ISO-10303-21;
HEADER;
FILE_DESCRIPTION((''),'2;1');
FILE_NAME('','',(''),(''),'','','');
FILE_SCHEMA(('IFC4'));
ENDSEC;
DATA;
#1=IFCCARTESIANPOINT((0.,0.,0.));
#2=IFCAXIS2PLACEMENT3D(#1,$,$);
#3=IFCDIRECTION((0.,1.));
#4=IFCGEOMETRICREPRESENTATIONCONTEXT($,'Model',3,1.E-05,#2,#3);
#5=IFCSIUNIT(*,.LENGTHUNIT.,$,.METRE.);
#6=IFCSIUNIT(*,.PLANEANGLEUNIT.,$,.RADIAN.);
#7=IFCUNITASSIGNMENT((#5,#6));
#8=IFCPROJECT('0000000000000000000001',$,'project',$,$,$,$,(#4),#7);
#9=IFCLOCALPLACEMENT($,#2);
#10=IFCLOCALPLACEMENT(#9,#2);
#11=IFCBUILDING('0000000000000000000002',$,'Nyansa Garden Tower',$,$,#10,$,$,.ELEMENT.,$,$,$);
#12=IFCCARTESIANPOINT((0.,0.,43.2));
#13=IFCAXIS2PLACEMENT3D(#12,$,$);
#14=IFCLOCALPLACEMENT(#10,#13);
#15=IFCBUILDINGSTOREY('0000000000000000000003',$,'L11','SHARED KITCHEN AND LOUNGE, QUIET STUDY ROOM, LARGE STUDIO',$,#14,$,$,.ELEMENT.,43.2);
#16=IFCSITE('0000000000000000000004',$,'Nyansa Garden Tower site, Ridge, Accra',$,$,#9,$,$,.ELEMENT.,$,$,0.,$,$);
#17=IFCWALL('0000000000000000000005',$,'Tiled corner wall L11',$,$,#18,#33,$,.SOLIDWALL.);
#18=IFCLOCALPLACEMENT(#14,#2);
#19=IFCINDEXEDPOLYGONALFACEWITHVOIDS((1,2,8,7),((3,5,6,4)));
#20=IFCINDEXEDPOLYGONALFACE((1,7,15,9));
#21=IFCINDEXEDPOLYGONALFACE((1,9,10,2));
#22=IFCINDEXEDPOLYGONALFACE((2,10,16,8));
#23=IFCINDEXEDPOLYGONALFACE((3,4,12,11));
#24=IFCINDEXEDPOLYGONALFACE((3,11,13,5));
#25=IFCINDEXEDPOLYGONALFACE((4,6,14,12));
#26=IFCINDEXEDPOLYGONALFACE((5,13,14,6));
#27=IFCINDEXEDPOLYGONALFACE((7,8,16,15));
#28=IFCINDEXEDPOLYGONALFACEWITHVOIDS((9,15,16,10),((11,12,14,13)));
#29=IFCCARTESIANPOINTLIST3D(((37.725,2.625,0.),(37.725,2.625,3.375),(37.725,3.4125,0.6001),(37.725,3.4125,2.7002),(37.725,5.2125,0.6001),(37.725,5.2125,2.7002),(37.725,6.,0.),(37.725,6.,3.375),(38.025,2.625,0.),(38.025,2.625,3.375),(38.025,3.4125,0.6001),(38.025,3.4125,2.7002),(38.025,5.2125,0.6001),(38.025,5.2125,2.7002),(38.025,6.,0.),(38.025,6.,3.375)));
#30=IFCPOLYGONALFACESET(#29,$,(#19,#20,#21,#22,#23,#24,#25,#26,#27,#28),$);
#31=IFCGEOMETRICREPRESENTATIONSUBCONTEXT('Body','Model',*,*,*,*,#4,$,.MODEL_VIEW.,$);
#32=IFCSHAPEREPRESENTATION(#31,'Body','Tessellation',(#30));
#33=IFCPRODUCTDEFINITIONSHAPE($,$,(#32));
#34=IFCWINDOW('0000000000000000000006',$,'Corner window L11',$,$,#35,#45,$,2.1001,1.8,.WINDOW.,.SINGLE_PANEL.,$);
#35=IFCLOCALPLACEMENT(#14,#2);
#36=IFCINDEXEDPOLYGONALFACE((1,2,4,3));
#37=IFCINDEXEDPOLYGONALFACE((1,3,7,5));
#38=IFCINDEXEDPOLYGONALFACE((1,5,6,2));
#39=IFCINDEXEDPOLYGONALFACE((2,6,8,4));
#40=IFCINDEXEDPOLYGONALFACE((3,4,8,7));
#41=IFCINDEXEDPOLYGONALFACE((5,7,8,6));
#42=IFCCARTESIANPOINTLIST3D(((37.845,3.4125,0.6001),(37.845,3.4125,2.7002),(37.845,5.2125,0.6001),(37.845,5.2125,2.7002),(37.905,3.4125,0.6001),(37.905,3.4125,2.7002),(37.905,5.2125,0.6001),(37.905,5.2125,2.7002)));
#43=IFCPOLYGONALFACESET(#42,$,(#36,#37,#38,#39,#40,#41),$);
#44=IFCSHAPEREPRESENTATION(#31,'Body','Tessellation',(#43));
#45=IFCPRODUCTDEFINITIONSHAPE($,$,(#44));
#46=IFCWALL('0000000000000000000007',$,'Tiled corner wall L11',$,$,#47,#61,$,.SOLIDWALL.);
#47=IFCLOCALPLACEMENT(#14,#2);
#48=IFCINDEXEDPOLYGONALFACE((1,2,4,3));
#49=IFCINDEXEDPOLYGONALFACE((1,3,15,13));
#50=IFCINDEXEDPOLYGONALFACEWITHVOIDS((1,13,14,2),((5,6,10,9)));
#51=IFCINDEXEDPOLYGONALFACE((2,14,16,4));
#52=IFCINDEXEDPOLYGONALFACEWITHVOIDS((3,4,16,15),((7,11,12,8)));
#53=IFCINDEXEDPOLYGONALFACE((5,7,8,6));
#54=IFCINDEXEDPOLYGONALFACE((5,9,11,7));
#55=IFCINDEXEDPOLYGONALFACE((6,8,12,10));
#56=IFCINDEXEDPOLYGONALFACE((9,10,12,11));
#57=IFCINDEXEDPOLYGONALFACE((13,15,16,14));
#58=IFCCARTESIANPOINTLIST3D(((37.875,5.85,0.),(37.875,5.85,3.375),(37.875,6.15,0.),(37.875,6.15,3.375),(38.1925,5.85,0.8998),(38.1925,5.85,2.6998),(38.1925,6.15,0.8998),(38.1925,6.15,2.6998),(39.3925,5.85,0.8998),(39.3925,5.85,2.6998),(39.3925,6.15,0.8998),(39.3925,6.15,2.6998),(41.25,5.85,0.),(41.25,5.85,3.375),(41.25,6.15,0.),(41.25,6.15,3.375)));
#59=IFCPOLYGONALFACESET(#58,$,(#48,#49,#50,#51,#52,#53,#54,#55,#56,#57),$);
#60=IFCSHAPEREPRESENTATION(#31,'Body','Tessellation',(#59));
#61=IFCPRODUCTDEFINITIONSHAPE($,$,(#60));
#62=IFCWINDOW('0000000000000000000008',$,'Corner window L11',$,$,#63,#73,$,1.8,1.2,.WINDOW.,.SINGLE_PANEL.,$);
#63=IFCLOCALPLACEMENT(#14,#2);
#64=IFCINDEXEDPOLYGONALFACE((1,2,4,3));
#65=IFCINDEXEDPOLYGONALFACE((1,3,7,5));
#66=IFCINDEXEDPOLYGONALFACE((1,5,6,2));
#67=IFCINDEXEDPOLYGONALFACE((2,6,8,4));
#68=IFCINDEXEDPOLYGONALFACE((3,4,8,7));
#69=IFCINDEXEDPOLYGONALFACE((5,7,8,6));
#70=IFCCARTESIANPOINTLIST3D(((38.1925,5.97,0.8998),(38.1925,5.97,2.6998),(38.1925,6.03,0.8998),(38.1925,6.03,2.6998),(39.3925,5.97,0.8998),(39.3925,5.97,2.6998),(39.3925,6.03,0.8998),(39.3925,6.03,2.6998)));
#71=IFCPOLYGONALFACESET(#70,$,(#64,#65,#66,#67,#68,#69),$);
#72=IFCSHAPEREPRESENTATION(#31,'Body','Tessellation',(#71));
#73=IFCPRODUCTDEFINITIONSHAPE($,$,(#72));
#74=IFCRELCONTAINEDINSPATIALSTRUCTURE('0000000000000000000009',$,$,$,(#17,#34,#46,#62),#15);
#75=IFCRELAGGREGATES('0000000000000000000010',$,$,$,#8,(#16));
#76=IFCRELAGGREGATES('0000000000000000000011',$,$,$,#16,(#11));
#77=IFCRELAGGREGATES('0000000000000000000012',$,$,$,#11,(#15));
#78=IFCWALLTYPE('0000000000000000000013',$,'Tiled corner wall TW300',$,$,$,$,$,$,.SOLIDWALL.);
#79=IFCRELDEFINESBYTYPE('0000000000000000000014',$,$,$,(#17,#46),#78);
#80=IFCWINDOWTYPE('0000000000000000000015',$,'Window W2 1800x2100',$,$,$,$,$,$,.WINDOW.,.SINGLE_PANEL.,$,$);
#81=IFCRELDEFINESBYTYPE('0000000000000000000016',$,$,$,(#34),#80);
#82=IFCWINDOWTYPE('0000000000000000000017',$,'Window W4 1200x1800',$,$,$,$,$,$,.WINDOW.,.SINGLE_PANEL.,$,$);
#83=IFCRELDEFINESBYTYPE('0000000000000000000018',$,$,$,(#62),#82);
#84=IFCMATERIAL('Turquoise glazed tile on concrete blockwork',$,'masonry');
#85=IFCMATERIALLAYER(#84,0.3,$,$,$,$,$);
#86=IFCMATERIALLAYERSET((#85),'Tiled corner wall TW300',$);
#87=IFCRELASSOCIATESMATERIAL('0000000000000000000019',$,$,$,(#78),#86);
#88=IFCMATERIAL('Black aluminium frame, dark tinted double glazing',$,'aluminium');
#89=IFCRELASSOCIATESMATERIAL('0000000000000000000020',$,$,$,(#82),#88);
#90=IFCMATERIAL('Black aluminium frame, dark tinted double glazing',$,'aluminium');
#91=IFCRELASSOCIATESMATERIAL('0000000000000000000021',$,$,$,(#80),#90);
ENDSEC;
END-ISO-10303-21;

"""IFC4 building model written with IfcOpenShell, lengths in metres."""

from ifc_helpers import new_model, si_unit, direction, frame, frame_2d, origin, place, context, subcontext, project, spatial, rectangle, extrude, material, layer, layer_set, type_object, element, fill, save


model = new_model("IFC4")

# Units and contexts
model_context = context("Model", 3, precision=1e-05, world=origin(), true_north=direction((0.0, 1.0)))
body_context = subcontext(model_context, "Body", "Model", "MODEL_VIEW")
ifc_project = project(units=[si_unit("LENGTHUNIT", "METRE"), si_unit("PLANEANGLEUNIT", "RADIAN")], contexts=[model_context])

# Site, building, storey
site_placement = place(None, origin())
site = spatial("IfcSite", under=ifc_project, at=site_placement, Name="Nyansa Garden Tower site, Ridge, Accra", CompositionType="ELEMENT", RefElevation=0.0)
building_placement = place(site_placement, origin())
building = spatial("IfcBuilding", under=site, at=building_placement, Name="Nyansa Garden Tower", CompositionType="ELEMENT")
storey_placement = place(building_placement, frame((0.0, 0.0, 43.2)))
storey = spatial("IfcBuildingStorey", under=building, at=storey_placement, Name="L11", Description="SHARED KITCHEN AND LOUNGE, QUIET STUDY ROOM, LARGE STUDIO", CompositionType="ELEMENT", Elevation=43.2)

# Walls, openings, windows
ifc_material_1 = material(Name="Turquoise glazed tile on concrete blockwork", Category="masonry")
ifc_layer_1 = layer(ifc_material_1, 0.3)
ifc_layer_set_1 = layer_set([ifc_layer_1], Name="Tiled corner wall TW300")
wall_type = type_object("IfcWallType", Name="Tiled corner wall TW300", PredefinedType="SOLIDWALL", material=ifc_layer_set_1)
ifc_material_2 = material(Name="Black aluminium frame, dark tinted double glazing", Category="aluminium")
window_type_1 = type_object("IfcWindowType", Name="Window W4 1200x1800", PartitioningType="SINGLE_PANEL", PredefinedType="WINDOW", material=ifc_material_2)
ifc_material_3 = material(Name="Black aluminium frame, dark tinted double glazing", Category="aluminium")
window_type_2 = type_object("IfcWindowType", Name="Window W2 1800x2100", PartitioningType="SINGLE_PANEL", PredefinedType="WINDOW", material=ifc_material_3)
wall_1_placement = place(storey_placement, frame((37.875, 2.625, 0.0), z_axis=(0.0, 0.0, 1.0), x_axis=(0.0, 1.0, 0.0)))
wall_1 = element("IfcWall", 1, at=wall_1_placement, inside=storey, type_object=wall_type, Name="Tiled corner wall L11", PredefinedType="SOLIDWALL", context=body_context, shape_type="SweptSolid", body=[
    extrude(rectangle(XDim=3.375, YDim=0.3, at=frame_2d((1.6875, 0.0))), origin(), (0.0, 0.0, 1.0), 3.375),
])
opening_1_placement = place(wall_1_placement, frame((0.7876, 0.0, 0.6001)))
opening_1 = element("IfcOpeningElement", 2, at=opening_1_placement, cuts=wall_1, PredefinedType="OPENING", context=body_context, shape_type="SweptSolid", body=[
    extrude(rectangle(XDim=1.8, YDim=2.1001, at=frame_2d((0.8999, 1.05))), frame((0.0, 0.1599, 0.0), z_axis=(0.0, -1.0, 0.0), x_axis=(1.0, 0.0, 0.0)), (0.0, 0.0, 1.0), 0.3201),
])
window_1_placement = place(opening_1_placement, origin())
window_1 = element("IfcWindow", 3, at=window_1_placement, inside=storey, type_object=window_type_2, Name="Corner window L11", OverallHeight=2.1001, OverallWidth=1.8, PartitioningType="SINGLE_PANEL", PredefinedType="WINDOW", context=body_context, shape_type="SweptSolid", body=[
    extrude(rectangle(XDim=1.8, YDim=2.1001, at=frame_2d((0.8999, 1.05))), frame((0.0, 0.03, 0.0), z_axis=(0.0, -1.0, 0.0), x_axis=(1.0, 0.0, 0.0)), (0.0, 0.0, 1.0), 0.0601),
])
fill(opening_1, window_1)
wall_2_placement = place(storey_placement, frame((37.875, 6.0, 0.0), z_axis=(0.0, 0.0, 1.0), x_axis=(1.0, 0.0, 0.0)))
wall_2 = element("IfcWall", 4, at=wall_2_placement, inside=storey, type_object=wall_type, Name="Tiled corner wall L11", PredefinedType="SOLIDWALL", context=body_context, shape_type="SweptSolid", body=[
    extrude(rectangle(XDim=3.375, YDim=0.3, at=frame_2d((1.6875, 0.0))), origin(), (0.0, 0.0, 1.0), 3.375),
])
opening_2_placement = place(wall_2_placement, frame((0.3174, 0.0, 0.8999)))
opening_2 = element("IfcOpeningElement", 5, at=opening_2_placement, cuts=wall_2, PredefinedType="OPENING", context=body_context, shape_type="SweptSolid", body=[
    extrude(rectangle(XDim=1.2, YDim=1.8, at=frame_2d((0.6001, 0.8999))), frame((0.0, 0.1599, 0.0), z_axis=(0.0, -1.0, 0.0), x_axis=(1.0, 0.0, 0.0)), (0.0, 0.0, 1.0), 0.3201),
])
window_2_placement = place(opening_2_placement, origin())
window_2 = element("IfcWindow", 6, at=window_2_placement, inside=storey, type_object=window_type_1, Name="Corner window L11", OverallHeight=1.8, OverallWidth=1.2, PartitioningType="SINGLE_PANEL", PredefinedType="WINDOW", context=body_context, shape_type="SweptSolid", body=[
    extrude(rectangle(XDim=1.2, YDim=1.8, at=frame_2d((0.6001, 0.8999))), frame((0.0, 0.03, 0.0), z_axis=(0.0, -1.0, 0.0), x_axis=(1.0, 0.0, 0.0)), (0.0, 0.0, 1.0), 0.0601),
])
fill(opening_2, window_2)

save(model, "model.ifc")
